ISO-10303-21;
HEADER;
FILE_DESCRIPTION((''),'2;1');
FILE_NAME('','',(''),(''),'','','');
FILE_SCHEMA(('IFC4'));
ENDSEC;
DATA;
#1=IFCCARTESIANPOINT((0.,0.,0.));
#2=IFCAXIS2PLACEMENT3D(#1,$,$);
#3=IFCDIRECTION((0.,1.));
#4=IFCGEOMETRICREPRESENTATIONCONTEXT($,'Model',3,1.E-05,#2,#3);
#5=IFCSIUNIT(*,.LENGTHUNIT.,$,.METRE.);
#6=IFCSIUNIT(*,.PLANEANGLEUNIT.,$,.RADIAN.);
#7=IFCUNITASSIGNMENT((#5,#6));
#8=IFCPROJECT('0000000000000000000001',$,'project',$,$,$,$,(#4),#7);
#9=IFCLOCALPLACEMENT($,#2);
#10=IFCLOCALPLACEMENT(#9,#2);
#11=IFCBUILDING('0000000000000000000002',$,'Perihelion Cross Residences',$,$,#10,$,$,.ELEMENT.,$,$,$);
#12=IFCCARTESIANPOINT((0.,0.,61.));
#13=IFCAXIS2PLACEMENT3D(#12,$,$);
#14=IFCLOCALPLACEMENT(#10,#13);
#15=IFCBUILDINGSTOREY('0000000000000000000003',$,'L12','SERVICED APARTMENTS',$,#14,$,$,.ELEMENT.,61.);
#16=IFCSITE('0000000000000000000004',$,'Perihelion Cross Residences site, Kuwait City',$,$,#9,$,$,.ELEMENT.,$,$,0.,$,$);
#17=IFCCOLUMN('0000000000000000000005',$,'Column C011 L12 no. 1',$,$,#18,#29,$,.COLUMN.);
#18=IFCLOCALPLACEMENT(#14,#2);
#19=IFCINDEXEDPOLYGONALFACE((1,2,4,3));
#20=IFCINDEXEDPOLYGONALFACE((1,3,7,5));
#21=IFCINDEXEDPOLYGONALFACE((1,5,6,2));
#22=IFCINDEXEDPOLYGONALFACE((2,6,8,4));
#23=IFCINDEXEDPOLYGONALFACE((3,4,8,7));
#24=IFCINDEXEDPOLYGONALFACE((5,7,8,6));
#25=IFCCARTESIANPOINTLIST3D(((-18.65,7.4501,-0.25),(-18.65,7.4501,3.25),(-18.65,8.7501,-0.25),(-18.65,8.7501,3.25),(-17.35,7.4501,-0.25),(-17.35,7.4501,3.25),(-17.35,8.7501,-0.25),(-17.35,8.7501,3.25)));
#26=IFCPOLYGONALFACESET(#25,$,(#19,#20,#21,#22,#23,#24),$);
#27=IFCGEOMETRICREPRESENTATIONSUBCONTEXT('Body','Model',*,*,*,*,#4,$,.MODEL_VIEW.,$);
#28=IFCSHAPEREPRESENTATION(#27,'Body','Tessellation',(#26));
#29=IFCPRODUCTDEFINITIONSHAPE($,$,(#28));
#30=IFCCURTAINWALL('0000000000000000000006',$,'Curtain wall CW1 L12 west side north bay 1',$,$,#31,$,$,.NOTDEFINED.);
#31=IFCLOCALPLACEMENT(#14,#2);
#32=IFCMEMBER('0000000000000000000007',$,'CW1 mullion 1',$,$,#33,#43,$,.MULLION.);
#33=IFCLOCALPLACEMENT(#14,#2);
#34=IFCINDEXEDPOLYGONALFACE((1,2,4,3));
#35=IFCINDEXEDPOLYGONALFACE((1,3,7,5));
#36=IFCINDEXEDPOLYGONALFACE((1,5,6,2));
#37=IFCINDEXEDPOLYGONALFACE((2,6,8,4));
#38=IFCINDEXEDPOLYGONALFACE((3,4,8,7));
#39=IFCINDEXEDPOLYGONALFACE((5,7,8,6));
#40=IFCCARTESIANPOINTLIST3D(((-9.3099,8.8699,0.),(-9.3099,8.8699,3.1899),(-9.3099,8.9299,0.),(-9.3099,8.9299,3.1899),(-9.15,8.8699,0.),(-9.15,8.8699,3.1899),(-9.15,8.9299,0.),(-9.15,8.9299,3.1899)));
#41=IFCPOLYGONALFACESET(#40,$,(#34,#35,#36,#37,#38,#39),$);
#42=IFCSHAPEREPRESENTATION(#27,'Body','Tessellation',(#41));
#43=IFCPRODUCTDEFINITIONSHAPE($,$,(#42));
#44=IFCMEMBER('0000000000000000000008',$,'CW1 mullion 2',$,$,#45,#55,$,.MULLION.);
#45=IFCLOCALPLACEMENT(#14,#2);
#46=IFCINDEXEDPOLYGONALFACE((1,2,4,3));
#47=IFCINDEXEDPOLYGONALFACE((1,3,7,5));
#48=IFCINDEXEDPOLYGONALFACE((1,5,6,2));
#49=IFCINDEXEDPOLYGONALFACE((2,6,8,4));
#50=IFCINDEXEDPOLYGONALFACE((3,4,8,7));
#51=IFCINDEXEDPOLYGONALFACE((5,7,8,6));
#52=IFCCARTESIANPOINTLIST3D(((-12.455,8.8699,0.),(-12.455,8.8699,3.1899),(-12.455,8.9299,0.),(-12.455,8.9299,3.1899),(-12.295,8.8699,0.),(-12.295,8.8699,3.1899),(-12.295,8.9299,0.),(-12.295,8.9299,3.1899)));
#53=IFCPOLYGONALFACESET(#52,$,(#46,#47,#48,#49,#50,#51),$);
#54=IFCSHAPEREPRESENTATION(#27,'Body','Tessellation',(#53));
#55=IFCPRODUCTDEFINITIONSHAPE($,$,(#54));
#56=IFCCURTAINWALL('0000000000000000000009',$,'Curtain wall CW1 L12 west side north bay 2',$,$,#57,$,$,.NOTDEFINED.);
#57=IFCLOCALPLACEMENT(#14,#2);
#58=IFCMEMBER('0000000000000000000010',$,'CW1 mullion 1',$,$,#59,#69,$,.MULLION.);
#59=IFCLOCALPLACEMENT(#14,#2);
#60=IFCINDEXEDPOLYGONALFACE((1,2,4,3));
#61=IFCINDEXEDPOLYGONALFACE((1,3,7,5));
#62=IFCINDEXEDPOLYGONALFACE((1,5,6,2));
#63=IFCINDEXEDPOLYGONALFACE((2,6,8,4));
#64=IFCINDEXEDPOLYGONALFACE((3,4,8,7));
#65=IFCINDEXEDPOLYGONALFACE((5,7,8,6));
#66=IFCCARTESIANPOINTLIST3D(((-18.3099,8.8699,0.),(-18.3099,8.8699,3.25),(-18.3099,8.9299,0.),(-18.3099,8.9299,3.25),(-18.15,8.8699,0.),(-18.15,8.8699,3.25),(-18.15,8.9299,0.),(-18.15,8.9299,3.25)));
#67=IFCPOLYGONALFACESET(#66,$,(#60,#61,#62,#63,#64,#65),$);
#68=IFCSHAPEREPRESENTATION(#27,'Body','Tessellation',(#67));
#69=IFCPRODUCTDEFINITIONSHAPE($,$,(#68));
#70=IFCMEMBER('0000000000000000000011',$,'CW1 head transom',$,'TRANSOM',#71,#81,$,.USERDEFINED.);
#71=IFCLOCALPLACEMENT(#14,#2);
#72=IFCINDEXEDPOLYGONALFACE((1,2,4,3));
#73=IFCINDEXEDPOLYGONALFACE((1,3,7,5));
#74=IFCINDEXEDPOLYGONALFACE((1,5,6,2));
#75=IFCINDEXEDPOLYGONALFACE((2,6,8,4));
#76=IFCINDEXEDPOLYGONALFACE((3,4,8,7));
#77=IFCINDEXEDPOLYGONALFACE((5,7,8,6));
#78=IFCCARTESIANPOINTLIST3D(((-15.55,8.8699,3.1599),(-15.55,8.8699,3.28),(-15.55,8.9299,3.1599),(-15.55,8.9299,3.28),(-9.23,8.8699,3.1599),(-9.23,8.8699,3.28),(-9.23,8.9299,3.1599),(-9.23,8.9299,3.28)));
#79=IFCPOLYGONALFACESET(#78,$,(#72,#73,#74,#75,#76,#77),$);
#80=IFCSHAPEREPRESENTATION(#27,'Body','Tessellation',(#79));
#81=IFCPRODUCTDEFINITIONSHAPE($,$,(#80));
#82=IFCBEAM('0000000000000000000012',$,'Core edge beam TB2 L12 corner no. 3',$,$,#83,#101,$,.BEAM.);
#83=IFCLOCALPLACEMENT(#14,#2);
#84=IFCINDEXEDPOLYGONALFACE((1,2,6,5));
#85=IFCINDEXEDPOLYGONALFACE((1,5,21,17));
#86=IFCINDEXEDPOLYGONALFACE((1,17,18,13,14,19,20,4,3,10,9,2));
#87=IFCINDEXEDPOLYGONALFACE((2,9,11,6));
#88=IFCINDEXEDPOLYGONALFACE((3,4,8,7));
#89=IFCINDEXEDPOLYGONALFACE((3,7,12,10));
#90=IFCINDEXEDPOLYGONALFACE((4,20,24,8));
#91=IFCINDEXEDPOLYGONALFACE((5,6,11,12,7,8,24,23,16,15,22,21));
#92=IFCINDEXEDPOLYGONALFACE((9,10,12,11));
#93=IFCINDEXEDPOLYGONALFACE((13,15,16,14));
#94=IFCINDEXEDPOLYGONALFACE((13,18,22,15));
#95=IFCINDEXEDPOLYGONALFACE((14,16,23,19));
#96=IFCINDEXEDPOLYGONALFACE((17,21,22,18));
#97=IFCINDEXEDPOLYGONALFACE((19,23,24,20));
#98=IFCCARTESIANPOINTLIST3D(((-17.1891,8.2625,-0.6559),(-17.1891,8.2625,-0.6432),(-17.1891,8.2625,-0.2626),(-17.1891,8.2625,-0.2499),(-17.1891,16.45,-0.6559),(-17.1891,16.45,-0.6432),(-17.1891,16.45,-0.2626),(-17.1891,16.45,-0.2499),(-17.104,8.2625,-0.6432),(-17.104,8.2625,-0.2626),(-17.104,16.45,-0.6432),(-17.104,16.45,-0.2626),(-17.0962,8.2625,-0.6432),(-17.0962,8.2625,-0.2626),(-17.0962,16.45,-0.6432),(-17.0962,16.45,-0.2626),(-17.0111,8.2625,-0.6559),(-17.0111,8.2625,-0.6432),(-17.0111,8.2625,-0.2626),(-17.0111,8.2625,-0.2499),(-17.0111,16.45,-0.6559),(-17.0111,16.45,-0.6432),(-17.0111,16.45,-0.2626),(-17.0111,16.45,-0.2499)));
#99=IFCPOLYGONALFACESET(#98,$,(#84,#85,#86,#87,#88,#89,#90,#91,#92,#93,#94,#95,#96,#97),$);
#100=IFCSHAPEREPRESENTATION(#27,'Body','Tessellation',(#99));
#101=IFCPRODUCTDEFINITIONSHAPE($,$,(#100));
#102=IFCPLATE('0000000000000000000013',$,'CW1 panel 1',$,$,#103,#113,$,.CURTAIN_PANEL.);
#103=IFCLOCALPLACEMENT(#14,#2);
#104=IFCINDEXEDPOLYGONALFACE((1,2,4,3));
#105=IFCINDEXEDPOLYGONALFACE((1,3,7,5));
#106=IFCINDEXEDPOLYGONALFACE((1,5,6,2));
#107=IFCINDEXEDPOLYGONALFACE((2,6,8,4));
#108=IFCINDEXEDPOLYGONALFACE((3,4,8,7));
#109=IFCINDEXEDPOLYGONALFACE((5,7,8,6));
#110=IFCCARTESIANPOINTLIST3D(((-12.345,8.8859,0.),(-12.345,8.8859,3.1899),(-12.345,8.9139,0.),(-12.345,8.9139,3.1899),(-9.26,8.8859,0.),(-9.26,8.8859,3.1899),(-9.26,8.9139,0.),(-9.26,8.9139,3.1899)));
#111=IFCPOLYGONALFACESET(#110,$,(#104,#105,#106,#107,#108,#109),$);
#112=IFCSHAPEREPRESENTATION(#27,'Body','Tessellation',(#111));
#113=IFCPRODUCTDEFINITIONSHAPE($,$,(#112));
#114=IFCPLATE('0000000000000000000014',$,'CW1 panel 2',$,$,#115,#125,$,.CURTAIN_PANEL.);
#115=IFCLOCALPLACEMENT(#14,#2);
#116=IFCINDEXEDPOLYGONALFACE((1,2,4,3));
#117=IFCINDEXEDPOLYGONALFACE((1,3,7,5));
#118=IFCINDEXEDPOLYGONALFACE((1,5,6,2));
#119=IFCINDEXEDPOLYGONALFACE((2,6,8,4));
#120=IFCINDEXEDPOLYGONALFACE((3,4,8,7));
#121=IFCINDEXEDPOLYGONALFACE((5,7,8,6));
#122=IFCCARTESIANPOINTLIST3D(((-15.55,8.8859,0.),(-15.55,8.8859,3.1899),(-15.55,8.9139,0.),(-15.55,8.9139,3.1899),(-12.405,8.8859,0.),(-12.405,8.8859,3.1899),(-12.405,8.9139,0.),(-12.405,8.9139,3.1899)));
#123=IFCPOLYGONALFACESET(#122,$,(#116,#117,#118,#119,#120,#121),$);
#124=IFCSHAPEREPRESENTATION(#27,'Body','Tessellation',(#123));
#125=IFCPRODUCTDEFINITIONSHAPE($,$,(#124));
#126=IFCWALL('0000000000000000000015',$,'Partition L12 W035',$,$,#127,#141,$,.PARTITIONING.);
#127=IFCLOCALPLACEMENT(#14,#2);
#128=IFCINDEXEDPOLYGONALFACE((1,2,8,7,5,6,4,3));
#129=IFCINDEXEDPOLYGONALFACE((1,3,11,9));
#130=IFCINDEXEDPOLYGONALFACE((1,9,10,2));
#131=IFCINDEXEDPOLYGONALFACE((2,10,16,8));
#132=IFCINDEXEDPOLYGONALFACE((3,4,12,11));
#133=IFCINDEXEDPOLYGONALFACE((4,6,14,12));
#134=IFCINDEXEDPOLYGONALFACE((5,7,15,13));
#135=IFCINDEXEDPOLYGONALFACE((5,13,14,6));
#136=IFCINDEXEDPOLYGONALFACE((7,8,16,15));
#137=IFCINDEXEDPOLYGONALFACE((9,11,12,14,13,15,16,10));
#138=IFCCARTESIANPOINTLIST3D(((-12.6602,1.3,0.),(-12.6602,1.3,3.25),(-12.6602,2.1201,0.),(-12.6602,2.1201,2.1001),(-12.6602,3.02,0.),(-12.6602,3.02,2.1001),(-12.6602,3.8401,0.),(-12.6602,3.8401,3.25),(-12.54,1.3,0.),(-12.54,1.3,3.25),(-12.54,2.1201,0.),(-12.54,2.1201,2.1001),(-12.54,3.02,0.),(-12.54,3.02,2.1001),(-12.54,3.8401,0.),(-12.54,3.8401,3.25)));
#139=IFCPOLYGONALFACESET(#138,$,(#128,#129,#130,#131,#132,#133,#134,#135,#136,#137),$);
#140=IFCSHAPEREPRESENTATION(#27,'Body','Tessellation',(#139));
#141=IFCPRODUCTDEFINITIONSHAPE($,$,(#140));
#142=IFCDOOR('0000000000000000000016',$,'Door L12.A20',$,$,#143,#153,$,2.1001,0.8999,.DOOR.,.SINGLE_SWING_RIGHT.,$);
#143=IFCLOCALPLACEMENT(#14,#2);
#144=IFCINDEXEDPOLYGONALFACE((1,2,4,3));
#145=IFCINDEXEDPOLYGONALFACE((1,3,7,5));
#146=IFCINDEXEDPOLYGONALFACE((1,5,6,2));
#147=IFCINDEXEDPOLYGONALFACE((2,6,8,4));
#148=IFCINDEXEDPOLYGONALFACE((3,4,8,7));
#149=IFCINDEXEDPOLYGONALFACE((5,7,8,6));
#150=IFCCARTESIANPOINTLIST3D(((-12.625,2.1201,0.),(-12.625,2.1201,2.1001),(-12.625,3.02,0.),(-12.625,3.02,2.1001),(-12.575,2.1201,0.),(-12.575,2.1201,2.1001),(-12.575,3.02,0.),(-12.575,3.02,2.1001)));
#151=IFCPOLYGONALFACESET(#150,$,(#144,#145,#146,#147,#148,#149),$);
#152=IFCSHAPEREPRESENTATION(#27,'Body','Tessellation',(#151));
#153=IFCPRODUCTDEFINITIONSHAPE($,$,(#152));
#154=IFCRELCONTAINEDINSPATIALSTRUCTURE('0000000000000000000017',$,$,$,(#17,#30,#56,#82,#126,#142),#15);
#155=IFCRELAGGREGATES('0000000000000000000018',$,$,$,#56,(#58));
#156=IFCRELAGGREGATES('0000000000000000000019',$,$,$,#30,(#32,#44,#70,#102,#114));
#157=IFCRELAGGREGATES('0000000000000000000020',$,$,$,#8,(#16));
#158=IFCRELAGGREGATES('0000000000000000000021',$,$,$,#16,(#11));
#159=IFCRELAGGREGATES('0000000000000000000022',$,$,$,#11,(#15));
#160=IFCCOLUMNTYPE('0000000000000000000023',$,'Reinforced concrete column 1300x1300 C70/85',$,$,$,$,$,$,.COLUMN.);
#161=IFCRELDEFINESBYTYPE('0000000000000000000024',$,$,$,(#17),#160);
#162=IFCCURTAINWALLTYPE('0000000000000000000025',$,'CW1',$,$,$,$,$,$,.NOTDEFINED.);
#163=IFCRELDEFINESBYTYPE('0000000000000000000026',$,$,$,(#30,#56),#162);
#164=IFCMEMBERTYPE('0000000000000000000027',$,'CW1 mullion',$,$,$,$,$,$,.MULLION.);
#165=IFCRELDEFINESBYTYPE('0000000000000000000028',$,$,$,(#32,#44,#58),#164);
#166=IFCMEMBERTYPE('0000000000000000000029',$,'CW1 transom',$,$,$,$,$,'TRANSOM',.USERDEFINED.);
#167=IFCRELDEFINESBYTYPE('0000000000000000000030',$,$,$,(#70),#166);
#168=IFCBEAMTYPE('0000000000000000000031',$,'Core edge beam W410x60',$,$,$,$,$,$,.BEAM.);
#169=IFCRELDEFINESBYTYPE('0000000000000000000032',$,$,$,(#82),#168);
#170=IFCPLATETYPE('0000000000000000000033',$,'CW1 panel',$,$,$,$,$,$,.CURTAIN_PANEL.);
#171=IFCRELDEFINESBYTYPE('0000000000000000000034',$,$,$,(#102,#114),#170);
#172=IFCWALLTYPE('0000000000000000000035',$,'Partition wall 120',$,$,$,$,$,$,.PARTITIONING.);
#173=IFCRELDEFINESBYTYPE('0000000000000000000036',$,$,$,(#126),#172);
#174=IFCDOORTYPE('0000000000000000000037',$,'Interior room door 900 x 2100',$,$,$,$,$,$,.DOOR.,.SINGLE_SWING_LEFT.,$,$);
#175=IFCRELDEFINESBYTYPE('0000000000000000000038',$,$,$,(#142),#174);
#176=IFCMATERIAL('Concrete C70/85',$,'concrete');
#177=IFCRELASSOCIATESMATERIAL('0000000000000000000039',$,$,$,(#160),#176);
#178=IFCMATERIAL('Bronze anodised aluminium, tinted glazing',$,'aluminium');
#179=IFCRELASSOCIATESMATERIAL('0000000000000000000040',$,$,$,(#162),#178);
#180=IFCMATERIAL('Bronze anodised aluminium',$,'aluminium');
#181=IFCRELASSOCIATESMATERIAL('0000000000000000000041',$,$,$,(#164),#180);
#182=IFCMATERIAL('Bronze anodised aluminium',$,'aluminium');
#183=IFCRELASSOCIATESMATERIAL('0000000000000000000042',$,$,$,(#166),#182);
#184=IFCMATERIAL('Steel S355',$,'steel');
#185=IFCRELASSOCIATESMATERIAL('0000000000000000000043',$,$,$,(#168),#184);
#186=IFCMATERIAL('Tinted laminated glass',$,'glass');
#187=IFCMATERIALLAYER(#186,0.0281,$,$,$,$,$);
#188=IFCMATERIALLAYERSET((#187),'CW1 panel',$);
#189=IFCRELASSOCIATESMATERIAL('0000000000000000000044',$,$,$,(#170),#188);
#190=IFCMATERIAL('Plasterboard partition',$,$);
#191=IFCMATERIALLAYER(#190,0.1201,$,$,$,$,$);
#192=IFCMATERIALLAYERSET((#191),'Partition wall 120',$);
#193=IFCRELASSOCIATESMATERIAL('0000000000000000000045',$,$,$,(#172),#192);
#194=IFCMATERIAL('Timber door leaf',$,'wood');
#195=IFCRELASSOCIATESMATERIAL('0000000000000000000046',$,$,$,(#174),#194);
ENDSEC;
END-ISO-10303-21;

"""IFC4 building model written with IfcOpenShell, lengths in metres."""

from ifc_helpers import new_model, si_unit, direction, frame, frame_2d, origin, origin_2d, place, context, subcontext, project, spatial, rectangle, i_section, extrude, material, layer, layer_set, material_profile, profile_set, type_object, element, fill, aggregate, save


model = new_model("IFC4")

# Units and contexts
model_context = context("Model", 3, precision=1e-05, world=origin(), true_north=direction((0.0, 1.0)))
body_context = subcontext(model_context, "Body", "Model", "MODEL_VIEW")
ifc_project = project(units=[si_unit("LENGTHUNIT", "METRE"), si_unit("PLANEANGLEUNIT", "RADIAN")], contexts=[model_context])

# Site, building, storey
site_placement = place(None, origin())
site = spatial("IfcSite", under=ifc_project, at=site_placement, Name="Perihelion Cross Residences site, Kuwait City", CompositionType="ELEMENT", RefElevation=0.0)
building_placement = place(site_placement, origin())
building = spatial("IfcBuilding", under=site, at=building_placement, Name="Perihelion Cross Residences", CompositionType="ELEMENT")
storey_placement = place(building_placement, frame((0.0, 0.0, 61.0)))
storey = spatial("IfcBuildingStorey", under=building, at=storey_placement, Name="L12", Description="SERVICED APARTMENTS", CompositionType="ELEMENT", Elevation=61.0)

# Column
ifc_material_1 = material(Name="Concrete C70/85", Category="concrete")
ifc_material_profile_1 = material_profile(ifc_material_1, rectangle(XDim=1.3, YDim=1.3, at=origin_2d()), Name="RC 1300x1300")
ifc_profile_set_1 = profile_set([ifc_material_profile_1], Name="Concrete C70/85")
column_type = type_object("IfcColumnType", Name="Reinforced concrete column 1300x1300 C70/85", PredefinedType="COLUMN", material=ifc_profile_set_1)
column_placement = place(storey_placement, frame((-18.0, 8.1001, -0.25), z_axis=(0.0, 0.0, 1.0), x_axis=(1.0, 0.0, 0.0)))
element("IfcColumn", 1, at=column_placement, inside=storey, type_object=column_type, Name="Column C011 L12 no. 1", PredefinedType="COLUMN", context=body_context, shape_type="SweptSolid", body=[
    extrude(rectangle(XDim=1.3, YDim=1.3, at=origin_2d()), origin(), (0.0, 0.0, 1.0), 3.5),
])

# Curtain wall, members
ifc_material_2 = material(Name="Bronze anodised aluminium, tinted glazing", Category="aluminium")
curtain_wall_type = type_object("IfcCurtainWallType", Name="CW1", PredefinedType="NOTDEFINED", material=ifc_material_2)
curtain_wall_1_placement = place(storey_placement, origin())
curtain_wall_1 = element("IfcCurtainWall", 2, at=curtain_wall_1_placement, inside=storey, type_object=curtain_wall_type, Name="Curtain wall CW1 L12 west side north bay 1", PredefinedType="NOTDEFINED")
ifc_material_3 = material(Name="Bronze anodised aluminium", Category="aluminium")
ifc_material_profile_2 = material_profile(ifc_material_3, rectangle(XDim=0.0601, YDim=0.1599, at=origin_2d()), Name="CW1 mullion")
ifc_profile_set_2 = profile_set([ifc_material_profile_2], Name="Bronze anodised aluminium")
member_type_1 = type_object("IfcMemberType", Name="CW1 mullion", PredefinedType="MULLION", material=ifc_profile_set_2)
member_1_placement = place(storey_placement, frame((-9.23, 8.8999, 0.0), z_axis=(0.0, 0.0, 1.0), x_axis=(0.0, -1.0, 0.0)))
member_1 = element("IfcMember", 3, at=member_1_placement, type_object=member_type_1, Name="CW1 mullion 1", PredefinedType="MULLION", context=body_context, shape_type="SweptSolid", body=[
    extrude(rectangle(XDim=0.0601, YDim=0.1599, at=origin_2d()), origin(), (0.0, 0.0, 1.0), 3.1899),
])
member_2_placement = place(storey_placement, frame((-12.375, 8.8999, 0.0), z_axis=(0.0, 0.0, 1.0), x_axis=(0.0, -1.0, 0.0)))
member_2 = element("IfcMember", 4, at=member_2_placement, type_object=member_type_1, Name="CW1 mullion 2", PredefinedType="MULLION", context=body_context, shape_type="SweptSolid", body=[
    extrude(rectangle(XDim=0.0601, YDim=0.1599, at=origin_2d()), origin(), (0.0, 0.0, 1.0), 3.1899),
])

# Curtain wall, member
curtain_wall_2_placement = place(storey_placement, origin())
curtain_wall_2 = element("IfcCurtainWall", 5, at=curtain_wall_2_placement, inside=storey, type_object=curtain_wall_type, Name="Curtain wall CW1 L12 west side north bay 2", PredefinedType="NOTDEFINED")
member_3_placement = place(storey_placement, frame((-18.23, 8.8999, 0.0), z_axis=(0.0, 0.0, 1.0), x_axis=(0.0, -1.0, 0.0)))
member_3 = element("IfcMember", 6, at=member_3_placement, type_object=member_type_1, Name="CW1 mullion 1", PredefinedType="MULLION", context=body_context, shape_type="SweptSolid", body=[
    extrude(rectangle(XDim=0.0601, YDim=0.1599, at=origin_2d()), origin(), (0.0, 0.0, 1.0), 3.25),
])
aggregate(curtain_wall_2, [member_3])

# Member
ifc_material_4 = material(Name="Bronze anodised aluminium", Category="aluminium")
ifc_material_profile_3 = material_profile(ifc_material_4, rectangle(XDim=0.0601, YDim=0.1201, at=origin_2d()), Name="CW1 transom")
ifc_profile_set_3 = profile_set([ifc_material_profile_3], Name="Bronze anodised aluminium")
member_type_2 = type_object("IfcMemberType", Name="CW1 transom", ElementType="TRANSOM", PredefinedType="USERDEFINED", material=ifc_profile_set_3)
member_4_placement = place(storey_placement, frame((-9.23, 8.8999, 3.22), z_axis=(-1.0, 0.0, 0.0), x_axis=(0.0, -1.0, 0.0)))
member_4 = element("IfcMember", 7, at=member_4_placement, type_object=member_type_2, Name="CW1 head transom", ObjectType="TRANSOM", PredefinedType="USERDEFINED", context=body_context, shape_type="SweptSolid", body=[
    extrude(rectangle(XDim=0.0601, YDim=0.1201, at=origin_2d()), origin(), (0.0, 0.0, 1.0), 6.3201),
])

# Beam
ifc_material_5 = material(Name="Steel S355", Category="steel")
ifc_material_profile_4 = material_profile(ifc_material_5, i_section(OverallWidth=0.178, OverallDepth=0.406, WebThickness=0.0078, FlangeThickness=0.0127, at=origin_2d()), Name="W410x60")
ifc_profile_set_4 = profile_set([ifc_material_profile_4], Name="Steel S355")
beam_type = type_object("IfcBeamType", Name="Core edge beam W410x60", PredefinedType="BEAM", material=ifc_profile_set_4)
beam_placement = place(storey_placement, frame((-17.1001, 8.2625, -0.4529), z_axis=(0.0, 1.0, 0.0), x_axis=(-1.0, 0.0, 0.0)))
element("IfcBeam", 8, at=beam_placement, inside=storey, type_object=beam_type, Name="Core edge beam TB2 L12 corner no. 3", PredefinedType="BEAM", context=body_context, shape_type="SweptSolid", body=[
    extrude(i_section(OverallWidth=0.178, OverallDepth=0.406, WebThickness=0.0078, FlangeThickness=0.0127, at=origin_2d()), origin(), (0.0, 0.0, 1.0), 8.1875),
])

# Plates
ifc_material_6 = material(Name="Tinted laminated glass", Category="glass")
ifc_layer_1 = layer(ifc_material_6, 0.0281)
ifc_layer_set_1 = layer_set([ifc_layer_1], Name="CW1 panel")
plate_type = type_object("IfcPlateType", Name="CW1 panel", PredefinedType="CURTAIN_PANEL", material=ifc_layer_set_1)
plate_1_placement = place(storey_placement, frame((-10.8025, 8.8999, 0.0), z_axis=(0.0, 0.0, 1.0), x_axis=(-1.0, 0.0, 0.0)))
plate_1 = element("IfcPlate", 9, at=plate_1_placement, type_object=plate_type, Name="CW1 panel 1", PredefinedType="CURTAIN_PANEL", context=body_context, shape_type="SweptSolid", body=[
    extrude(rectangle(XDim=3.085, YDim=0.0281, at=origin_2d()), origin(), (0.0, 0.0, 1.0), 3.1899),
])
plate_2_placement = place(storey_placement, frame((-13.9775, 8.8999, 0.0), z_axis=(0.0, 0.0, 1.0), x_axis=(-1.0, 0.0, 0.0)))
plate_2 = element("IfcPlate", 10, at=plate_2_placement, type_object=plate_type, Name="CW1 panel 2", PredefinedType="CURTAIN_PANEL", context=body_context, shape_type="SweptSolid", body=[
    extrude(rectangle(XDim=3.145, YDim=0.0281, at=origin_2d()), origin(), (0.0, 0.0, 1.0), 3.1899),
])
aggregate(curtain_wall_1, [member_1, member_2, member_4, plate_1, plate_2])

# Wall, opening, door
ifc_material_7 = material(Name="Plasterboard partition")
ifc_layer_2 = layer(ifc_material_7, 0.1201)
ifc_layer_set_2 = layer_set([ifc_layer_2], Name="Partition wall 120")
wall_type_1 = type_object("IfcWallType", Name="Partition wall 120", PredefinedType="PARTITIONING", material=ifc_layer_set_2)
wall_1_placement = place(storey_placement, frame((-12.6001, 1.3, 0.0), z_axis=(0.0, 0.0, 1.0), x_axis=(0.0, 1.0, 0.0)))
wall_1 = element("IfcWall", 11, at=wall_1_placement, inside=storey, type_object=wall_type_1, Name="Partition L12 W035", PredefinedType="PARTITIONING", context=body_context, shape_type="SweptSolid", body=[
    extrude(rectangle(XDim=2.54, YDim=0.1201, at=frame_2d((1.27, 0.0))), origin(), (0.0, 0.0, 1.0), 3.25),
])
opening_1_placement = place(wall_1_placement, frame((0.8201, 0.0, 0.0)))
opening_1 = element("IfcOpeningElement", 12, at=opening_1_placement, cuts=wall_1, PredefinedType="OPENING", context=body_context, shape_type="SweptSolid", body=[
    extrude(rectangle(XDim=0.8999, YDim=2.1001, at=frame_2d((0.45, 1.05))), frame((0.0, 0.0701, 0.0), z_axis=(0.0, -1.0, 0.0), x_axis=(1.0, 0.0, 0.0)), (0.0, 0.0, 1.0), 0.1401),
])
ifc_material_8 = material(Name="Timber door leaf", Category="wood")
door_type_1 = type_object("IfcDoorType", Name="Interior room door 900 x 2100", OperationType="SINGLE_SWING_LEFT", PredefinedType="DOOR", material=ifc_material_8)
door_1_placement = place(opening_1_placement, origin())
door_1 = element("IfcDoor", 13, at=door_1_placement, inside=storey, type_object=door_type_1, Name="Door L12.A20", OperationType="SINGLE_SWING_RIGHT", OverallHeight=2.1001, OverallWidth=0.8999, PredefinedType="DOOR", context=body_context, shape_type="SweptSolid", body=[
    extrude(rectangle(XDim=0.8999, YDim=2.1001, at=frame_2d((0.45, 1.05))), frame((0.0, 0.0249, 0.0), z_axis=(0.0, -1.0, 0.0), x_axis=(1.0, 0.0, 0.0)), (0.0, 0.0, 1.0), 0.05),
])
fill(opening_1, door_1)

save(model, "model.ifc")
